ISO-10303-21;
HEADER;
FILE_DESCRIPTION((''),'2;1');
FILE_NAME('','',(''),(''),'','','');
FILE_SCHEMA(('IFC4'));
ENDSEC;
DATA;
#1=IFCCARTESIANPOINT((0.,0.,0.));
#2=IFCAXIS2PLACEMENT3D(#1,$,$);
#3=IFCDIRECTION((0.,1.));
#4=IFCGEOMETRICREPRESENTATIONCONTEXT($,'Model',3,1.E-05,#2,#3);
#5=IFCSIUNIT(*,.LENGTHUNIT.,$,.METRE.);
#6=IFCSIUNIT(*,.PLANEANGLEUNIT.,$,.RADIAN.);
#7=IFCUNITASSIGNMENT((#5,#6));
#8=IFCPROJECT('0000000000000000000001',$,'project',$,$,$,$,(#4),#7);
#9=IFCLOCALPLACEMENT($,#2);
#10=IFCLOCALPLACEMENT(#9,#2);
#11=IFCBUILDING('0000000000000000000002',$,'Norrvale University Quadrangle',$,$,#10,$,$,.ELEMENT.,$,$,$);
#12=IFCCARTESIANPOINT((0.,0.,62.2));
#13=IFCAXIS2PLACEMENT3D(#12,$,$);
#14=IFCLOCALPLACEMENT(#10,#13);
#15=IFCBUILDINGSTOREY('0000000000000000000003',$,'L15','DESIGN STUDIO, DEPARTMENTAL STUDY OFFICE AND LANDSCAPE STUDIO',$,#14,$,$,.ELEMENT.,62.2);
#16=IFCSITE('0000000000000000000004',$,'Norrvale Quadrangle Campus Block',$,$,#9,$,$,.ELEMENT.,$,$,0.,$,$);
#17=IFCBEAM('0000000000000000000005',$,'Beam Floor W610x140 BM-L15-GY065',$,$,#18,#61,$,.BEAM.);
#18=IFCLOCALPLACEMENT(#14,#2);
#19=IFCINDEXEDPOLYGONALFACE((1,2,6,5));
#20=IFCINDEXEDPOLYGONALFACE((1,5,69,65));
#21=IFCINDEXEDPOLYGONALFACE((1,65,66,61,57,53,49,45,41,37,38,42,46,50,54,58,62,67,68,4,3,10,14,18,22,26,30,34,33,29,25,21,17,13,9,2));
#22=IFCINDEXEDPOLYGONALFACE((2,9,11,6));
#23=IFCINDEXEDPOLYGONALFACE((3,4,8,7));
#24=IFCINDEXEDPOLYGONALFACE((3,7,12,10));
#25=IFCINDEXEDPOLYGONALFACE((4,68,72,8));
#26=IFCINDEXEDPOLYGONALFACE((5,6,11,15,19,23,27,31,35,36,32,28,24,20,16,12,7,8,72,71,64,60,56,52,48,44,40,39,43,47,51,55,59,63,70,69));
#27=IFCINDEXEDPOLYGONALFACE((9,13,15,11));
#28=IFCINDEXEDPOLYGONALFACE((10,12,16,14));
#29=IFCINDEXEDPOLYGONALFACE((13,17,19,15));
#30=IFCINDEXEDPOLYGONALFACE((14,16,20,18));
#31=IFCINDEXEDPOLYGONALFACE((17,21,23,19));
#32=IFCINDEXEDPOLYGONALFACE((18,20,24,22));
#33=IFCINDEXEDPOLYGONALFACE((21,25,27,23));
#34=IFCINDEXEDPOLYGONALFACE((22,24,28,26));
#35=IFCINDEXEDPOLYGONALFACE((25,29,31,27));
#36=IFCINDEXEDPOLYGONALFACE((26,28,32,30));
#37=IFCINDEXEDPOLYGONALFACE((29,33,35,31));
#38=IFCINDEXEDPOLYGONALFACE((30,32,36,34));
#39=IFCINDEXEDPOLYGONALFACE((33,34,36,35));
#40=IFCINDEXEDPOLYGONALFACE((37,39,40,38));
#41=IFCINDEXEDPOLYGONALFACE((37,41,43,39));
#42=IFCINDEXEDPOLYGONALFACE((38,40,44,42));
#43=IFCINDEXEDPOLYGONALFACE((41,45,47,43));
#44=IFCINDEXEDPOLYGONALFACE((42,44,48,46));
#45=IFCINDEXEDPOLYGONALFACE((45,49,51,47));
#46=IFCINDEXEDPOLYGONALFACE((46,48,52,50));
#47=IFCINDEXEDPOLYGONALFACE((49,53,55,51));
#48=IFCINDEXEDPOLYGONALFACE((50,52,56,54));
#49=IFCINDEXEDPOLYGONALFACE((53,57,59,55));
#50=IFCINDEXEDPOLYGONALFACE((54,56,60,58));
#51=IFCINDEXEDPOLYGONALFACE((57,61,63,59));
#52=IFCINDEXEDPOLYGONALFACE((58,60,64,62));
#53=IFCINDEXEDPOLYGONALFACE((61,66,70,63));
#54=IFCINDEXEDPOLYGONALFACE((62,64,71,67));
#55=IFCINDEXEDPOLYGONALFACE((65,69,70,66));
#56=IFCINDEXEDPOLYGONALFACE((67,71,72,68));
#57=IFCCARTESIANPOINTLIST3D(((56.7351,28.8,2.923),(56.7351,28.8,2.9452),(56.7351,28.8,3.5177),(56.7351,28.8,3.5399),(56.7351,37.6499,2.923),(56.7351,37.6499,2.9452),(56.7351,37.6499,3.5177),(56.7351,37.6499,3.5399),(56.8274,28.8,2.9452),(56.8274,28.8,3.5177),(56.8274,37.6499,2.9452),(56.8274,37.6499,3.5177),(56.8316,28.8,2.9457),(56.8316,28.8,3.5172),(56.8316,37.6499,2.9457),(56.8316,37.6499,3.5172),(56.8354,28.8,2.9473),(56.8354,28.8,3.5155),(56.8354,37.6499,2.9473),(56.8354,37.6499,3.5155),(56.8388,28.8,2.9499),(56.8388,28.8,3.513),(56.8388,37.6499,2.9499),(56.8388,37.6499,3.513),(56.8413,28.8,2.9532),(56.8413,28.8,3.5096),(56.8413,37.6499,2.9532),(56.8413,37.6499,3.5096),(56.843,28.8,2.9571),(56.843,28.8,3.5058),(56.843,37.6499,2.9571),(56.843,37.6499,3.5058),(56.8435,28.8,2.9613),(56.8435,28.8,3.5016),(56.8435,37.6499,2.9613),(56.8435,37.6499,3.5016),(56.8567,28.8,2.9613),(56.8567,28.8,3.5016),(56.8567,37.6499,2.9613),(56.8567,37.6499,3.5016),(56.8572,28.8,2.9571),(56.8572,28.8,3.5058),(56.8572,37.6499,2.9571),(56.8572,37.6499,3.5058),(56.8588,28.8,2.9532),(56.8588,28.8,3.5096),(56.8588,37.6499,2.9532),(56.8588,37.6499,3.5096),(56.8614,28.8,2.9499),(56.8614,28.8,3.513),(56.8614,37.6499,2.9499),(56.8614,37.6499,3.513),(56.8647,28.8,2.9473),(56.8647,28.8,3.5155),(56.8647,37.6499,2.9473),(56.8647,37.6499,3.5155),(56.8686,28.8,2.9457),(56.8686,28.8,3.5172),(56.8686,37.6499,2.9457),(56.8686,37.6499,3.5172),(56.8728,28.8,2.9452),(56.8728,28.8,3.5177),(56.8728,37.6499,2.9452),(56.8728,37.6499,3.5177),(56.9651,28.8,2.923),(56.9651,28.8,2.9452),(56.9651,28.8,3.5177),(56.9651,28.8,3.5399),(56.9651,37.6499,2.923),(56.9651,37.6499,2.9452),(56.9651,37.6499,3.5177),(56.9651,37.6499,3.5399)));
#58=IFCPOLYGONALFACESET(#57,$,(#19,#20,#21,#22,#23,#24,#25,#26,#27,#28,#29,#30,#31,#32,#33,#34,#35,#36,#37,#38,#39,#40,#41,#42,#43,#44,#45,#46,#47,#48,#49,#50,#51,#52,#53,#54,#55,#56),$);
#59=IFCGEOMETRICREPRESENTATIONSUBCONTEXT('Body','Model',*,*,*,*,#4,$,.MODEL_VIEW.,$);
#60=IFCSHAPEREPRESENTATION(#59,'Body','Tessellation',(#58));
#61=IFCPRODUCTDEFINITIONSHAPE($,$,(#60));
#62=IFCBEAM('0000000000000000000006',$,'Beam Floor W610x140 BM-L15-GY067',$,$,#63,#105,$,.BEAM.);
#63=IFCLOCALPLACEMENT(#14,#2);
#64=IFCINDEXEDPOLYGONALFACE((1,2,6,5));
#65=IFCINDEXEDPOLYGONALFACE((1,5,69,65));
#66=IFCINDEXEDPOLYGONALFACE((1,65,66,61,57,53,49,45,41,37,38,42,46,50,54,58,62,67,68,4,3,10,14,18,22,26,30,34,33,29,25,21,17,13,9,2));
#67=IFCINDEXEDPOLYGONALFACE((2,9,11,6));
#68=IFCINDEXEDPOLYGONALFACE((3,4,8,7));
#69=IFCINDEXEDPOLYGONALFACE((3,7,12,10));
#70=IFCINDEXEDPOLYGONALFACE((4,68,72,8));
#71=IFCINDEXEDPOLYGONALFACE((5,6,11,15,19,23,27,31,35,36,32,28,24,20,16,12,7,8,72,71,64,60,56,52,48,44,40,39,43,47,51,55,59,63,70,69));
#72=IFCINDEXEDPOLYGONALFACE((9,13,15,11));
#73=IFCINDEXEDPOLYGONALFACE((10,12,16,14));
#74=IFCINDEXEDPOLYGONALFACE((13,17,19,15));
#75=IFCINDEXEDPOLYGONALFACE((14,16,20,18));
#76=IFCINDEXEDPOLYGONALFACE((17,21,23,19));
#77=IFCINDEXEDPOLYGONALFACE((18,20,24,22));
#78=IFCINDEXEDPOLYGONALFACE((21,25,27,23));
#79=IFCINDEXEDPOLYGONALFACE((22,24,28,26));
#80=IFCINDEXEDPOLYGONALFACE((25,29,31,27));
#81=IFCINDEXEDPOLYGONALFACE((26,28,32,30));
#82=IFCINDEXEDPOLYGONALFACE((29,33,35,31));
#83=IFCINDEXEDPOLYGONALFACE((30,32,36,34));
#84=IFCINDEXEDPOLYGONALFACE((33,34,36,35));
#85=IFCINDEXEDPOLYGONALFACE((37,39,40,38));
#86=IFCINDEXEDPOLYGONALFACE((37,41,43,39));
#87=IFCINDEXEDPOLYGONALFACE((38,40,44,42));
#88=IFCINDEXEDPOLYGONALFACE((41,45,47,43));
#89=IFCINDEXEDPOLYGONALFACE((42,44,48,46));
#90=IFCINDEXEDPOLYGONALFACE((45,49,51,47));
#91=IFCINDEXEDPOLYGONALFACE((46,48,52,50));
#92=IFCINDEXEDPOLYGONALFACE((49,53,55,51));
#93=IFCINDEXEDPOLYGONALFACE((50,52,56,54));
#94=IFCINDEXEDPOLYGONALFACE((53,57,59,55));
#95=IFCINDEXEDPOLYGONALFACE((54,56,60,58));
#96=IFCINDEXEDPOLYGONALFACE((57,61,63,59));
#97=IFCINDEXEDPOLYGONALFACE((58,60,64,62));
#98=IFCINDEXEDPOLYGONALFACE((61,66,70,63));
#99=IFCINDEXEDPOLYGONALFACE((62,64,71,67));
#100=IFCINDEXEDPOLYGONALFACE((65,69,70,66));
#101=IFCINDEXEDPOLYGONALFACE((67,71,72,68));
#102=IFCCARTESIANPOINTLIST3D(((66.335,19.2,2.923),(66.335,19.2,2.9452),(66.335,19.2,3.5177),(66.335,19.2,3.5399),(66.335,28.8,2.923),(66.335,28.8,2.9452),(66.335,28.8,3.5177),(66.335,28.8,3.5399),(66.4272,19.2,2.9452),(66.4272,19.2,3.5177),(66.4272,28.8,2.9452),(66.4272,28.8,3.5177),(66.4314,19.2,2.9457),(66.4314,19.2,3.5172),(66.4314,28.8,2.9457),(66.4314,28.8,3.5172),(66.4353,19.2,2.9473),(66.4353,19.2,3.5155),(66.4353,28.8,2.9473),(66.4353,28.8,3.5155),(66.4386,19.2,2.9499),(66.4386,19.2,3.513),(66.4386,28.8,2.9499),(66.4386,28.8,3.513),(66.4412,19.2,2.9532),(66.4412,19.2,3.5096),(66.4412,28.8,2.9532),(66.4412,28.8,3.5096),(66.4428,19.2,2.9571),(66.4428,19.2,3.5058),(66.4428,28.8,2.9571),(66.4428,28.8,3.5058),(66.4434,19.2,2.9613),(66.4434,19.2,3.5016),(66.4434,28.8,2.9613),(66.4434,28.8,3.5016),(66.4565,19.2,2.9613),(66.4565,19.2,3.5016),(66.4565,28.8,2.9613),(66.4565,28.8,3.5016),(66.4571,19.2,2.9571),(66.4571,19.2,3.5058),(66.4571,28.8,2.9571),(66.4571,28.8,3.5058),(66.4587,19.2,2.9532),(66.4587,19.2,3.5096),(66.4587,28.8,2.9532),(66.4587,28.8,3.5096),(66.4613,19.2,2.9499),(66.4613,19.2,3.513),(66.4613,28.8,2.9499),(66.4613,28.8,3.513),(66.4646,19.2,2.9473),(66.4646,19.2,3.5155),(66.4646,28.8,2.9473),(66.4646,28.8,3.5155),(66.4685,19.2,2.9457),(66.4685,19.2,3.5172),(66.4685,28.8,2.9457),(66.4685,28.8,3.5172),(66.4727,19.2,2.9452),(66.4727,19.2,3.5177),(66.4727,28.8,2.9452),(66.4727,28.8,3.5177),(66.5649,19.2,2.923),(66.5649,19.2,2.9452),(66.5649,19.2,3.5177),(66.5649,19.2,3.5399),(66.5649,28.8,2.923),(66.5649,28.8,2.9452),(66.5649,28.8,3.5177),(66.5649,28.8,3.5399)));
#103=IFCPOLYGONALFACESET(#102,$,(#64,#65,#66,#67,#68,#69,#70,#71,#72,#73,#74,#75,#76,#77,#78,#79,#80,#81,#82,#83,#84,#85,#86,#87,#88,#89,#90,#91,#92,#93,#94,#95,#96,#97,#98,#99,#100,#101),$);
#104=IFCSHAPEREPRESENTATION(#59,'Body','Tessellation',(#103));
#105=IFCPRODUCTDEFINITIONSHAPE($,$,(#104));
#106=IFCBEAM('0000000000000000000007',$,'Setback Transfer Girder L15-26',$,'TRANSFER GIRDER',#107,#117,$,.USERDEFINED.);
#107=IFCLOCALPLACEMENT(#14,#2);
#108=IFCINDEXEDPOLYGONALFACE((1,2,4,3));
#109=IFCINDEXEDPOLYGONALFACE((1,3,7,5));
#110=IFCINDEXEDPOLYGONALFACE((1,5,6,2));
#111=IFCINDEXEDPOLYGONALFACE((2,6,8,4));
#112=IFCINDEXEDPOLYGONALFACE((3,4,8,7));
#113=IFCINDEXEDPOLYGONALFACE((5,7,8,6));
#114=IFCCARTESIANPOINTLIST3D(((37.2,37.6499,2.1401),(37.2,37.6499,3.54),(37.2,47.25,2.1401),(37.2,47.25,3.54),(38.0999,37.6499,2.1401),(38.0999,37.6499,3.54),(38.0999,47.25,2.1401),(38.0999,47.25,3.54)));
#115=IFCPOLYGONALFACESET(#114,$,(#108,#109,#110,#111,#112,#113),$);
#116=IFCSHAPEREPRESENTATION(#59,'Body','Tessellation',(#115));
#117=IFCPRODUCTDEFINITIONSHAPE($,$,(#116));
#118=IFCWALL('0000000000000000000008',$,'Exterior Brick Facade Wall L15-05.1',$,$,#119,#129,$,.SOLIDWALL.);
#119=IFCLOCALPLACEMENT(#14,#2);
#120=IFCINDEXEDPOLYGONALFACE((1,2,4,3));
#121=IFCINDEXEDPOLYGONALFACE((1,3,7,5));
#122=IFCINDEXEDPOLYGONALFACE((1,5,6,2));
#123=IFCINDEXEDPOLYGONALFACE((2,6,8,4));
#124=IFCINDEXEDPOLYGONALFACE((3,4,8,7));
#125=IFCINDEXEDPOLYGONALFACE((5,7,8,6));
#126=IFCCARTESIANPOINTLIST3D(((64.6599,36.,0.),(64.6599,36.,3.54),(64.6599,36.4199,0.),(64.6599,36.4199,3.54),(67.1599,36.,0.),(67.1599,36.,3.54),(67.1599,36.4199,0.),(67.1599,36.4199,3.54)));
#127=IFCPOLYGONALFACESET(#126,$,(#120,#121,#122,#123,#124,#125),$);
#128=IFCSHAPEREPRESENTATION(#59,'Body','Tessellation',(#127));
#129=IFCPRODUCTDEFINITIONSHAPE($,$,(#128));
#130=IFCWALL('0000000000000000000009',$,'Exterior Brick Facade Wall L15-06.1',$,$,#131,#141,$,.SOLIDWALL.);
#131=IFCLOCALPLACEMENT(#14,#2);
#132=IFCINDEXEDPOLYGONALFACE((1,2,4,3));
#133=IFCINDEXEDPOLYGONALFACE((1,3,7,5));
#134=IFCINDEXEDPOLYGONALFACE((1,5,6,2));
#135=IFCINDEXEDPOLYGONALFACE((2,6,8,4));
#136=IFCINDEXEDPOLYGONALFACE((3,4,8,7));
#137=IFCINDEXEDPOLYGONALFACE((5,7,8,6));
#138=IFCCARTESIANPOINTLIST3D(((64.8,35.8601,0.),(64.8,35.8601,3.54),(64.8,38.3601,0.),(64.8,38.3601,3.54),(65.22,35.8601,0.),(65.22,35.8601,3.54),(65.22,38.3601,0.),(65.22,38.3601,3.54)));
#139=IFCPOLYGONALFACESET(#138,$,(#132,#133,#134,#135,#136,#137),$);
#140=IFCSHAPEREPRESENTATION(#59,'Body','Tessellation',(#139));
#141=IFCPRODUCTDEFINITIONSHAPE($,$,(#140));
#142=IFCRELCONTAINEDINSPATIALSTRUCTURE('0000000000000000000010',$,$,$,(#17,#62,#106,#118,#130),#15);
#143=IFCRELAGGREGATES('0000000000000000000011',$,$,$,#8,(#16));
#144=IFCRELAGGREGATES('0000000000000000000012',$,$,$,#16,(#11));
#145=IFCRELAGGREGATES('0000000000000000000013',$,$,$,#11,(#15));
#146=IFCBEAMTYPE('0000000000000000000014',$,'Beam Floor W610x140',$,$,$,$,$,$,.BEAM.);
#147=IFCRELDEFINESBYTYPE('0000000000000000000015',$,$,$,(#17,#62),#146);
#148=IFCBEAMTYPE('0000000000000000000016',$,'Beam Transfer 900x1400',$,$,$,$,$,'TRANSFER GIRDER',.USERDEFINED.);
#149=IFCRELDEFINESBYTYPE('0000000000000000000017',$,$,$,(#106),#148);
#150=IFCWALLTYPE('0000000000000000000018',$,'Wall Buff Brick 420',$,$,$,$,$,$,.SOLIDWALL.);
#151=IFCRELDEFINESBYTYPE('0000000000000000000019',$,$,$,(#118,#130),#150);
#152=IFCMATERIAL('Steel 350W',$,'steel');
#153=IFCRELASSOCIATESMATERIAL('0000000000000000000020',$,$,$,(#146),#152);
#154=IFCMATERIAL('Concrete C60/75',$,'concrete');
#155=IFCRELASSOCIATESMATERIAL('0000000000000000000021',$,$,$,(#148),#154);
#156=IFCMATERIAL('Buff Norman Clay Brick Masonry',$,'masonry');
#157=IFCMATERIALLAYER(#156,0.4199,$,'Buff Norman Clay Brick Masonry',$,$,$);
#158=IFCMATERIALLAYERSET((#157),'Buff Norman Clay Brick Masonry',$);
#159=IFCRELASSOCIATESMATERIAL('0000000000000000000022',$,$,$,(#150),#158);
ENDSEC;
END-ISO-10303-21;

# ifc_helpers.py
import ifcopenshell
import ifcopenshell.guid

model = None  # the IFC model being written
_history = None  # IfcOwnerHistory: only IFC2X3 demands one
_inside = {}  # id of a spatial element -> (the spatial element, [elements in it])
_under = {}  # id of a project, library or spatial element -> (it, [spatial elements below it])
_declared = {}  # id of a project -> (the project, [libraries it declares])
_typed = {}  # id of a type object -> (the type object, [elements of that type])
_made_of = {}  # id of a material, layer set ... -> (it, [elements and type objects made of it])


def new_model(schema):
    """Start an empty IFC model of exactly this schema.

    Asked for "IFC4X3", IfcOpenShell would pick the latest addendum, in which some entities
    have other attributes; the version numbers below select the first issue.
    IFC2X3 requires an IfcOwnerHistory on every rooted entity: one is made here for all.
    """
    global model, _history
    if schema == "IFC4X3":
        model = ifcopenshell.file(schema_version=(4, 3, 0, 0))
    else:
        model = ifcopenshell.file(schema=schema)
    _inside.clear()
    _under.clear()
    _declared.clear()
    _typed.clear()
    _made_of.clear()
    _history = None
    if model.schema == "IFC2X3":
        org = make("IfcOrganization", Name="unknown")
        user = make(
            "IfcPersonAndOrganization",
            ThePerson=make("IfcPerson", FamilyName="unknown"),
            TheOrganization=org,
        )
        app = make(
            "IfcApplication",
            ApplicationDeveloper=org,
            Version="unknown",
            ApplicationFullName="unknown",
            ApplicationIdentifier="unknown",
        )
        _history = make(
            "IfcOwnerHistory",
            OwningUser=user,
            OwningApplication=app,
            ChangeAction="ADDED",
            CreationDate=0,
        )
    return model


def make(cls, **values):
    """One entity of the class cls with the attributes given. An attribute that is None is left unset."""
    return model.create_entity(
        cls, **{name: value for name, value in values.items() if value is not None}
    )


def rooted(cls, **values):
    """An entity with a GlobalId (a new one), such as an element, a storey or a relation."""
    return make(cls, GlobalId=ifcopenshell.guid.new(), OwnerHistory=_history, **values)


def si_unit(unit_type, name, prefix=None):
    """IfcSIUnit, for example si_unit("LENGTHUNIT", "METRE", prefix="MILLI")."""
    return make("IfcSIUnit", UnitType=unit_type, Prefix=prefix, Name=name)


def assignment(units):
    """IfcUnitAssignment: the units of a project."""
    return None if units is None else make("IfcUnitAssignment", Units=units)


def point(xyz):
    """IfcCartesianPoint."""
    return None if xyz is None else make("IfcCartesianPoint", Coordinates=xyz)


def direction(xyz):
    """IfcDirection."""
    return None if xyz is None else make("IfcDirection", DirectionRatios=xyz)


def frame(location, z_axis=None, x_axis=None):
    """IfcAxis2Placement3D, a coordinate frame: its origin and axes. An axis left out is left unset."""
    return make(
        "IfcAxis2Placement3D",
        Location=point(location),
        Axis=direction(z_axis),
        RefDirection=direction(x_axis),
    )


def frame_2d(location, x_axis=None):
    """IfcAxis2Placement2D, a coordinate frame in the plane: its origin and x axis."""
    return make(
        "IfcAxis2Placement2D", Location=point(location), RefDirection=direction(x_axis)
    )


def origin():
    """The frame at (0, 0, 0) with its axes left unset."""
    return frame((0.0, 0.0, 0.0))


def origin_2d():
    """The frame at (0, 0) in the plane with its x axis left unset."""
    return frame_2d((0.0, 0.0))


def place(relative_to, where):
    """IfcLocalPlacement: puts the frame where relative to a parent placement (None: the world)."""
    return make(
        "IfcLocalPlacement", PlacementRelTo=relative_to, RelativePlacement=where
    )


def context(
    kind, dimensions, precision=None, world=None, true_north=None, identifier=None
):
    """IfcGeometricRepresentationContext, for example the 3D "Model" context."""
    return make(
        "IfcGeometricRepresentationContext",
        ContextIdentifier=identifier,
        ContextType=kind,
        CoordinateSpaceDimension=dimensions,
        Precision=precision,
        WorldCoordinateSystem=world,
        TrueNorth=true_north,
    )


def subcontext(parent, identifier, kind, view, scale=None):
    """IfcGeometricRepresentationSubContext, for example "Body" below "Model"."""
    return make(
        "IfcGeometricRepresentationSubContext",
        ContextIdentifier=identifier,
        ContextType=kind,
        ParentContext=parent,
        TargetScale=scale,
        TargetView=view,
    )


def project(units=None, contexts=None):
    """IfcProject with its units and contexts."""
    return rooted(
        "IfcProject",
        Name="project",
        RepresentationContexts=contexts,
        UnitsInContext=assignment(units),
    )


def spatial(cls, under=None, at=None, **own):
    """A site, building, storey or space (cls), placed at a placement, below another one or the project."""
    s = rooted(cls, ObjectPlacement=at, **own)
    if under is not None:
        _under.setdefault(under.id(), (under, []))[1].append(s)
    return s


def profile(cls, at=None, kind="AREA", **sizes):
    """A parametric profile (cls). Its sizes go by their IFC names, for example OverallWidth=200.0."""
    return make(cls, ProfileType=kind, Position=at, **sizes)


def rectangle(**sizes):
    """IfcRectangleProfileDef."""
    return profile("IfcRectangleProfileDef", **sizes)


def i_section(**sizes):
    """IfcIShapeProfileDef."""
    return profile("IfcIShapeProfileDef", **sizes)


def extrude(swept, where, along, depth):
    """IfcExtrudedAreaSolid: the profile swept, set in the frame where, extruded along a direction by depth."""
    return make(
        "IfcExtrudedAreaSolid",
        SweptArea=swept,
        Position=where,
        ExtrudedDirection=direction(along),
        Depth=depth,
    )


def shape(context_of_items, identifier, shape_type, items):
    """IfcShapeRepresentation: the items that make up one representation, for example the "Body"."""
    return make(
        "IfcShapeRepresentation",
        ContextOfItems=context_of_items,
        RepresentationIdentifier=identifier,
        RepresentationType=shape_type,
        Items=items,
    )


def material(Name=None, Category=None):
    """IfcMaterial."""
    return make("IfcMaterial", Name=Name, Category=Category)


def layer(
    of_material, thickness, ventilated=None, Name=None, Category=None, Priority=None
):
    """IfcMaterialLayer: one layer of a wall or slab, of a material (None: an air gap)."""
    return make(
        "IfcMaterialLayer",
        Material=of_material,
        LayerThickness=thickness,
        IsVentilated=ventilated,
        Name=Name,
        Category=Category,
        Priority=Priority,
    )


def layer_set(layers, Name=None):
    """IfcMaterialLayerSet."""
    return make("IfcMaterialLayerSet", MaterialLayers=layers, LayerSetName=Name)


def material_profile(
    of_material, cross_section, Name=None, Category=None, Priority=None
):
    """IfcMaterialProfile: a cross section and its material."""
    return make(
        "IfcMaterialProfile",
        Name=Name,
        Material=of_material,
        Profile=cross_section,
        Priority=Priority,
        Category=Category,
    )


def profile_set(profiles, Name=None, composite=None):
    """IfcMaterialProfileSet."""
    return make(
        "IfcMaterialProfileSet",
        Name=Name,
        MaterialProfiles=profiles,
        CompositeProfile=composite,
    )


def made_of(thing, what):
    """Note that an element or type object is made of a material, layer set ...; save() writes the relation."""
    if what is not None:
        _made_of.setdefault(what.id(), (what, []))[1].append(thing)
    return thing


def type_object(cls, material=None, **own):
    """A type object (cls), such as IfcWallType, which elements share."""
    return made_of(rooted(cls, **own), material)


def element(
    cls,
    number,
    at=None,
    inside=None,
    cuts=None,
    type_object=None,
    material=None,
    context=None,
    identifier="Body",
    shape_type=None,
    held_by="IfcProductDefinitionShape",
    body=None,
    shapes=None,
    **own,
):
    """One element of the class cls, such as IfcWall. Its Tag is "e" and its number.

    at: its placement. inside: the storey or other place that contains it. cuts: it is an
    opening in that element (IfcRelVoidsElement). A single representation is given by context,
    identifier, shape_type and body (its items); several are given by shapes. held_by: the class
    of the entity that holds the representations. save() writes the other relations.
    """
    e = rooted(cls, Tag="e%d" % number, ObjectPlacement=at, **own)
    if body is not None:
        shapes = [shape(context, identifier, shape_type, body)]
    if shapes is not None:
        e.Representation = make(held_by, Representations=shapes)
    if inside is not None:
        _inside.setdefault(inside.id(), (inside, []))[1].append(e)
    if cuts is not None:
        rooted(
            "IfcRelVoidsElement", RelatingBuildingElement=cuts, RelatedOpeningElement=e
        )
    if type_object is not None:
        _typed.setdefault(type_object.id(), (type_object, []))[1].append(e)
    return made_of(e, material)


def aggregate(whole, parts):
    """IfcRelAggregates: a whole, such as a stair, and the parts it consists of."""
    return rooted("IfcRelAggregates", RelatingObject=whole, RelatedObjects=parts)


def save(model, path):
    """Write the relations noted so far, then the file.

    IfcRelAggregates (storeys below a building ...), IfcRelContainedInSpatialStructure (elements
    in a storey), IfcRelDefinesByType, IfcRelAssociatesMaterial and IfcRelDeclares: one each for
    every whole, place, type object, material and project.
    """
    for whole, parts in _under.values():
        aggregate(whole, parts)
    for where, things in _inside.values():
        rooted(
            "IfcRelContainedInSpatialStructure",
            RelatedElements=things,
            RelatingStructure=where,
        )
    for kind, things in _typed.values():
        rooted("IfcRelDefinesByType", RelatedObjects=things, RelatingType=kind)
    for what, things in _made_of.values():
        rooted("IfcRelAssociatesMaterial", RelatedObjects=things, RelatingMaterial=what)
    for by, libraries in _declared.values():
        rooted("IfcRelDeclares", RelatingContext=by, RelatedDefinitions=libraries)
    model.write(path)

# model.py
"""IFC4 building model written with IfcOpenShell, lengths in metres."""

from ifc_helpers import new_model, si_unit, direction, frame, frame_2d, origin, origin_2d, place, context, subcontext, project, spatial, rectangle, i_section, extrude, material, layer, layer_set, material_profile, profile_set, type_object, element, save


model = new_model("IFC4")

# Units and contexts
model_context = context("Model", 3, precision=1e-05, world=origin(), true_north=direction((0.0, 1.0)))
body_context = subcontext(model_context, "Body", "Model", "MODEL_VIEW")
ifc_project = project(units=[si_unit("LENGTHUNIT", "METRE"), si_unit("PLANEANGLEUNIT", "RADIAN")], contexts=[model_context])

# Site, building, storey
site_placement = place(None, origin())
site = spatial("IfcSite", under=ifc_project, at=site_placement, Name="Norrvale Quadrangle Campus Block", CompositionType="ELEMENT", RefElevation=0.0)
building_placement = place(site_placement, origin())
building = spatial("IfcBuilding", under=site, at=building_placement, Name="Norrvale University Quadrangle", CompositionType="ELEMENT")
storey_placement = place(building_placement, frame((0.0, 0.0, 62.2)))
storey = spatial("IfcBuildingStorey", under=building, at=storey_placement, Name="L15", Description="DESIGN STUDIO, DEPARTMENTAL STUDY OFFICE AND LANDSCAPE STUDIO", CompositionType="ELEMENT", Elevation=62.2)

# Beams
ifc_material_1 = material(Name="Steel 350W", Category="steel")
ifc_material_profile_1 = material_profile(ifc_material_1, i_section(OverallWidth=0.23, OverallDepth=0.6169, WebThickness=0.0132, FlangeThickness=0.0222, FilletRadius=0.0161, at=origin_2d()), Name="Steel 350W")
ifc_profile_set_1 = profile_set([ifc_material_profile_1], Name="Steel 350W")
beam_type_1 = type_object("IfcBeamType", Name="Beam Floor W610x140", PredefinedType="BEAM", material=ifc_profile_set_1)
for number, where, z_axis, x_axis, name in (
    (1, (56.8501, 28.8, 3.2314), (0.0, 1.0, 0.0), (-1.0, 0.0, 0.0), "Beam Floor W610x140 BM-L15-GY065"),
):
    element("IfcBeam", number, at=place(storey_placement, frame(where, z_axis=z_axis, x_axis=x_axis)), inside=storey, type_object=beam_type_1, Name=name, PredefinedType="BEAM", context=body_context, shape_type="SweptSolid", body=[
        extrude(i_section(OverallWidth=0.23, OverallDepth=0.6169, WebThickness=0.0132, FlangeThickness=0.0222, FilletRadius=0.0161, at=origin_2d()), origin(), (0.0, 0.0, 1.0), 8.8499),
    ])
beam_1_placement = place(storey_placement, frame((66.45, 19.2, 3.2314), z_axis=(0.0, 1.0, 0.0), x_axis=(-1.0, 0.0, 0.0)))
element("IfcBeam", 2, at=beam_1_placement, inside=storey, type_object=beam_type_1, Name="Beam Floor W610x140 BM-L15-GY067", PredefinedType="BEAM", context=body_context, shape_type="SweptSolid", body=[
    extrude(i_section(OverallWidth=0.23, OverallDepth=0.6169, WebThickness=0.0132, FlangeThickness=0.0222, FilletRadius=0.0161, at=origin_2d()), origin(), (0.0, 0.0, 1.0), 9.6001),
])
ifc_material_2 = material(Name="Concrete C60/75", Category="concrete")
ifc_material_profile_2 = material_profile(ifc_material_2, rectangle(XDim=0.8999, YDim=1.3999, at=origin_2d()), Name="Concrete C60/75")
ifc_profile_set_2 = profile_set([ifc_material_profile_2], Name="Concrete C60/75")
beam_type_2 = type_object("IfcBeamType", Name="Beam Transfer 900x1400", ElementType="TRANSFER GIRDER", PredefinedType="USERDEFINED", material=ifc_profile_set_2)
beam_2_placement = place(storey_placement, frame((37.6499, 37.6499, 2.8401), z_axis=(0.0, 1.0, 0.0), x_axis=(-1.0, 0.0, 0.0)))
element("IfcBeam", 3, at=beam_2_placement, inside=storey, type_object=beam_type_2, Name="Setback Transfer Girder L15-26", ObjectType="TRANSFER GIRDER", PredefinedType="USERDEFINED", context=body_context, shape_type="SweptSolid", body=[
    extrude(rectangle(XDim=0.8999, YDim=1.3999, at=origin_2d()), origin(), (0.0, 0.0, 1.0), 9.6001),
])

# Walls
ifc_material_3 = material(Name="Buff Norman Clay Brick Masonry", Category="masonry")
ifc_layer = layer(ifc_material_3, 0.4199, Name="Buff Norman Clay Brick Masonry")
ifc_layer_set = layer_set([ifc_layer], Name="Buff Norman Clay Brick Masonry")
wall_type = type_object("IfcWallType", Name="Wall Buff Brick 420", PredefinedType="SOLIDWALL", material=ifc_layer_set)
for number, where, z_axis, x_axis, name in (
    (4, (67.1599, 36.21, 0.0), (0.0, 0.0, 1.0), (-1.0, 0.0, 0.0), "Exterior Brick Facade Wall L15-05.1"),
    (5, (65.01, 35.8601, 0.0), (0.0, 0.0, 1.0), (0.0, 1.0, 0.0), "Exterior Brick Facade Wall L15-06.1"),
):
    element("IfcWall", number, at=place(storey_placement, frame(where, z_axis=z_axis, x_axis=x_axis)), inside=storey, type_object=wall_type, Name=name, PredefinedType="SOLIDWALL", context=body_context, shape_type="SweptSolid", body=[
        extrude(rectangle(XDim=2.5, YDim=0.4199, at=frame_2d((1.25, 0.0))), origin(), (0.0, 0.0, 1.0), 3.54),
    ])

save(model, "model.ifc")
